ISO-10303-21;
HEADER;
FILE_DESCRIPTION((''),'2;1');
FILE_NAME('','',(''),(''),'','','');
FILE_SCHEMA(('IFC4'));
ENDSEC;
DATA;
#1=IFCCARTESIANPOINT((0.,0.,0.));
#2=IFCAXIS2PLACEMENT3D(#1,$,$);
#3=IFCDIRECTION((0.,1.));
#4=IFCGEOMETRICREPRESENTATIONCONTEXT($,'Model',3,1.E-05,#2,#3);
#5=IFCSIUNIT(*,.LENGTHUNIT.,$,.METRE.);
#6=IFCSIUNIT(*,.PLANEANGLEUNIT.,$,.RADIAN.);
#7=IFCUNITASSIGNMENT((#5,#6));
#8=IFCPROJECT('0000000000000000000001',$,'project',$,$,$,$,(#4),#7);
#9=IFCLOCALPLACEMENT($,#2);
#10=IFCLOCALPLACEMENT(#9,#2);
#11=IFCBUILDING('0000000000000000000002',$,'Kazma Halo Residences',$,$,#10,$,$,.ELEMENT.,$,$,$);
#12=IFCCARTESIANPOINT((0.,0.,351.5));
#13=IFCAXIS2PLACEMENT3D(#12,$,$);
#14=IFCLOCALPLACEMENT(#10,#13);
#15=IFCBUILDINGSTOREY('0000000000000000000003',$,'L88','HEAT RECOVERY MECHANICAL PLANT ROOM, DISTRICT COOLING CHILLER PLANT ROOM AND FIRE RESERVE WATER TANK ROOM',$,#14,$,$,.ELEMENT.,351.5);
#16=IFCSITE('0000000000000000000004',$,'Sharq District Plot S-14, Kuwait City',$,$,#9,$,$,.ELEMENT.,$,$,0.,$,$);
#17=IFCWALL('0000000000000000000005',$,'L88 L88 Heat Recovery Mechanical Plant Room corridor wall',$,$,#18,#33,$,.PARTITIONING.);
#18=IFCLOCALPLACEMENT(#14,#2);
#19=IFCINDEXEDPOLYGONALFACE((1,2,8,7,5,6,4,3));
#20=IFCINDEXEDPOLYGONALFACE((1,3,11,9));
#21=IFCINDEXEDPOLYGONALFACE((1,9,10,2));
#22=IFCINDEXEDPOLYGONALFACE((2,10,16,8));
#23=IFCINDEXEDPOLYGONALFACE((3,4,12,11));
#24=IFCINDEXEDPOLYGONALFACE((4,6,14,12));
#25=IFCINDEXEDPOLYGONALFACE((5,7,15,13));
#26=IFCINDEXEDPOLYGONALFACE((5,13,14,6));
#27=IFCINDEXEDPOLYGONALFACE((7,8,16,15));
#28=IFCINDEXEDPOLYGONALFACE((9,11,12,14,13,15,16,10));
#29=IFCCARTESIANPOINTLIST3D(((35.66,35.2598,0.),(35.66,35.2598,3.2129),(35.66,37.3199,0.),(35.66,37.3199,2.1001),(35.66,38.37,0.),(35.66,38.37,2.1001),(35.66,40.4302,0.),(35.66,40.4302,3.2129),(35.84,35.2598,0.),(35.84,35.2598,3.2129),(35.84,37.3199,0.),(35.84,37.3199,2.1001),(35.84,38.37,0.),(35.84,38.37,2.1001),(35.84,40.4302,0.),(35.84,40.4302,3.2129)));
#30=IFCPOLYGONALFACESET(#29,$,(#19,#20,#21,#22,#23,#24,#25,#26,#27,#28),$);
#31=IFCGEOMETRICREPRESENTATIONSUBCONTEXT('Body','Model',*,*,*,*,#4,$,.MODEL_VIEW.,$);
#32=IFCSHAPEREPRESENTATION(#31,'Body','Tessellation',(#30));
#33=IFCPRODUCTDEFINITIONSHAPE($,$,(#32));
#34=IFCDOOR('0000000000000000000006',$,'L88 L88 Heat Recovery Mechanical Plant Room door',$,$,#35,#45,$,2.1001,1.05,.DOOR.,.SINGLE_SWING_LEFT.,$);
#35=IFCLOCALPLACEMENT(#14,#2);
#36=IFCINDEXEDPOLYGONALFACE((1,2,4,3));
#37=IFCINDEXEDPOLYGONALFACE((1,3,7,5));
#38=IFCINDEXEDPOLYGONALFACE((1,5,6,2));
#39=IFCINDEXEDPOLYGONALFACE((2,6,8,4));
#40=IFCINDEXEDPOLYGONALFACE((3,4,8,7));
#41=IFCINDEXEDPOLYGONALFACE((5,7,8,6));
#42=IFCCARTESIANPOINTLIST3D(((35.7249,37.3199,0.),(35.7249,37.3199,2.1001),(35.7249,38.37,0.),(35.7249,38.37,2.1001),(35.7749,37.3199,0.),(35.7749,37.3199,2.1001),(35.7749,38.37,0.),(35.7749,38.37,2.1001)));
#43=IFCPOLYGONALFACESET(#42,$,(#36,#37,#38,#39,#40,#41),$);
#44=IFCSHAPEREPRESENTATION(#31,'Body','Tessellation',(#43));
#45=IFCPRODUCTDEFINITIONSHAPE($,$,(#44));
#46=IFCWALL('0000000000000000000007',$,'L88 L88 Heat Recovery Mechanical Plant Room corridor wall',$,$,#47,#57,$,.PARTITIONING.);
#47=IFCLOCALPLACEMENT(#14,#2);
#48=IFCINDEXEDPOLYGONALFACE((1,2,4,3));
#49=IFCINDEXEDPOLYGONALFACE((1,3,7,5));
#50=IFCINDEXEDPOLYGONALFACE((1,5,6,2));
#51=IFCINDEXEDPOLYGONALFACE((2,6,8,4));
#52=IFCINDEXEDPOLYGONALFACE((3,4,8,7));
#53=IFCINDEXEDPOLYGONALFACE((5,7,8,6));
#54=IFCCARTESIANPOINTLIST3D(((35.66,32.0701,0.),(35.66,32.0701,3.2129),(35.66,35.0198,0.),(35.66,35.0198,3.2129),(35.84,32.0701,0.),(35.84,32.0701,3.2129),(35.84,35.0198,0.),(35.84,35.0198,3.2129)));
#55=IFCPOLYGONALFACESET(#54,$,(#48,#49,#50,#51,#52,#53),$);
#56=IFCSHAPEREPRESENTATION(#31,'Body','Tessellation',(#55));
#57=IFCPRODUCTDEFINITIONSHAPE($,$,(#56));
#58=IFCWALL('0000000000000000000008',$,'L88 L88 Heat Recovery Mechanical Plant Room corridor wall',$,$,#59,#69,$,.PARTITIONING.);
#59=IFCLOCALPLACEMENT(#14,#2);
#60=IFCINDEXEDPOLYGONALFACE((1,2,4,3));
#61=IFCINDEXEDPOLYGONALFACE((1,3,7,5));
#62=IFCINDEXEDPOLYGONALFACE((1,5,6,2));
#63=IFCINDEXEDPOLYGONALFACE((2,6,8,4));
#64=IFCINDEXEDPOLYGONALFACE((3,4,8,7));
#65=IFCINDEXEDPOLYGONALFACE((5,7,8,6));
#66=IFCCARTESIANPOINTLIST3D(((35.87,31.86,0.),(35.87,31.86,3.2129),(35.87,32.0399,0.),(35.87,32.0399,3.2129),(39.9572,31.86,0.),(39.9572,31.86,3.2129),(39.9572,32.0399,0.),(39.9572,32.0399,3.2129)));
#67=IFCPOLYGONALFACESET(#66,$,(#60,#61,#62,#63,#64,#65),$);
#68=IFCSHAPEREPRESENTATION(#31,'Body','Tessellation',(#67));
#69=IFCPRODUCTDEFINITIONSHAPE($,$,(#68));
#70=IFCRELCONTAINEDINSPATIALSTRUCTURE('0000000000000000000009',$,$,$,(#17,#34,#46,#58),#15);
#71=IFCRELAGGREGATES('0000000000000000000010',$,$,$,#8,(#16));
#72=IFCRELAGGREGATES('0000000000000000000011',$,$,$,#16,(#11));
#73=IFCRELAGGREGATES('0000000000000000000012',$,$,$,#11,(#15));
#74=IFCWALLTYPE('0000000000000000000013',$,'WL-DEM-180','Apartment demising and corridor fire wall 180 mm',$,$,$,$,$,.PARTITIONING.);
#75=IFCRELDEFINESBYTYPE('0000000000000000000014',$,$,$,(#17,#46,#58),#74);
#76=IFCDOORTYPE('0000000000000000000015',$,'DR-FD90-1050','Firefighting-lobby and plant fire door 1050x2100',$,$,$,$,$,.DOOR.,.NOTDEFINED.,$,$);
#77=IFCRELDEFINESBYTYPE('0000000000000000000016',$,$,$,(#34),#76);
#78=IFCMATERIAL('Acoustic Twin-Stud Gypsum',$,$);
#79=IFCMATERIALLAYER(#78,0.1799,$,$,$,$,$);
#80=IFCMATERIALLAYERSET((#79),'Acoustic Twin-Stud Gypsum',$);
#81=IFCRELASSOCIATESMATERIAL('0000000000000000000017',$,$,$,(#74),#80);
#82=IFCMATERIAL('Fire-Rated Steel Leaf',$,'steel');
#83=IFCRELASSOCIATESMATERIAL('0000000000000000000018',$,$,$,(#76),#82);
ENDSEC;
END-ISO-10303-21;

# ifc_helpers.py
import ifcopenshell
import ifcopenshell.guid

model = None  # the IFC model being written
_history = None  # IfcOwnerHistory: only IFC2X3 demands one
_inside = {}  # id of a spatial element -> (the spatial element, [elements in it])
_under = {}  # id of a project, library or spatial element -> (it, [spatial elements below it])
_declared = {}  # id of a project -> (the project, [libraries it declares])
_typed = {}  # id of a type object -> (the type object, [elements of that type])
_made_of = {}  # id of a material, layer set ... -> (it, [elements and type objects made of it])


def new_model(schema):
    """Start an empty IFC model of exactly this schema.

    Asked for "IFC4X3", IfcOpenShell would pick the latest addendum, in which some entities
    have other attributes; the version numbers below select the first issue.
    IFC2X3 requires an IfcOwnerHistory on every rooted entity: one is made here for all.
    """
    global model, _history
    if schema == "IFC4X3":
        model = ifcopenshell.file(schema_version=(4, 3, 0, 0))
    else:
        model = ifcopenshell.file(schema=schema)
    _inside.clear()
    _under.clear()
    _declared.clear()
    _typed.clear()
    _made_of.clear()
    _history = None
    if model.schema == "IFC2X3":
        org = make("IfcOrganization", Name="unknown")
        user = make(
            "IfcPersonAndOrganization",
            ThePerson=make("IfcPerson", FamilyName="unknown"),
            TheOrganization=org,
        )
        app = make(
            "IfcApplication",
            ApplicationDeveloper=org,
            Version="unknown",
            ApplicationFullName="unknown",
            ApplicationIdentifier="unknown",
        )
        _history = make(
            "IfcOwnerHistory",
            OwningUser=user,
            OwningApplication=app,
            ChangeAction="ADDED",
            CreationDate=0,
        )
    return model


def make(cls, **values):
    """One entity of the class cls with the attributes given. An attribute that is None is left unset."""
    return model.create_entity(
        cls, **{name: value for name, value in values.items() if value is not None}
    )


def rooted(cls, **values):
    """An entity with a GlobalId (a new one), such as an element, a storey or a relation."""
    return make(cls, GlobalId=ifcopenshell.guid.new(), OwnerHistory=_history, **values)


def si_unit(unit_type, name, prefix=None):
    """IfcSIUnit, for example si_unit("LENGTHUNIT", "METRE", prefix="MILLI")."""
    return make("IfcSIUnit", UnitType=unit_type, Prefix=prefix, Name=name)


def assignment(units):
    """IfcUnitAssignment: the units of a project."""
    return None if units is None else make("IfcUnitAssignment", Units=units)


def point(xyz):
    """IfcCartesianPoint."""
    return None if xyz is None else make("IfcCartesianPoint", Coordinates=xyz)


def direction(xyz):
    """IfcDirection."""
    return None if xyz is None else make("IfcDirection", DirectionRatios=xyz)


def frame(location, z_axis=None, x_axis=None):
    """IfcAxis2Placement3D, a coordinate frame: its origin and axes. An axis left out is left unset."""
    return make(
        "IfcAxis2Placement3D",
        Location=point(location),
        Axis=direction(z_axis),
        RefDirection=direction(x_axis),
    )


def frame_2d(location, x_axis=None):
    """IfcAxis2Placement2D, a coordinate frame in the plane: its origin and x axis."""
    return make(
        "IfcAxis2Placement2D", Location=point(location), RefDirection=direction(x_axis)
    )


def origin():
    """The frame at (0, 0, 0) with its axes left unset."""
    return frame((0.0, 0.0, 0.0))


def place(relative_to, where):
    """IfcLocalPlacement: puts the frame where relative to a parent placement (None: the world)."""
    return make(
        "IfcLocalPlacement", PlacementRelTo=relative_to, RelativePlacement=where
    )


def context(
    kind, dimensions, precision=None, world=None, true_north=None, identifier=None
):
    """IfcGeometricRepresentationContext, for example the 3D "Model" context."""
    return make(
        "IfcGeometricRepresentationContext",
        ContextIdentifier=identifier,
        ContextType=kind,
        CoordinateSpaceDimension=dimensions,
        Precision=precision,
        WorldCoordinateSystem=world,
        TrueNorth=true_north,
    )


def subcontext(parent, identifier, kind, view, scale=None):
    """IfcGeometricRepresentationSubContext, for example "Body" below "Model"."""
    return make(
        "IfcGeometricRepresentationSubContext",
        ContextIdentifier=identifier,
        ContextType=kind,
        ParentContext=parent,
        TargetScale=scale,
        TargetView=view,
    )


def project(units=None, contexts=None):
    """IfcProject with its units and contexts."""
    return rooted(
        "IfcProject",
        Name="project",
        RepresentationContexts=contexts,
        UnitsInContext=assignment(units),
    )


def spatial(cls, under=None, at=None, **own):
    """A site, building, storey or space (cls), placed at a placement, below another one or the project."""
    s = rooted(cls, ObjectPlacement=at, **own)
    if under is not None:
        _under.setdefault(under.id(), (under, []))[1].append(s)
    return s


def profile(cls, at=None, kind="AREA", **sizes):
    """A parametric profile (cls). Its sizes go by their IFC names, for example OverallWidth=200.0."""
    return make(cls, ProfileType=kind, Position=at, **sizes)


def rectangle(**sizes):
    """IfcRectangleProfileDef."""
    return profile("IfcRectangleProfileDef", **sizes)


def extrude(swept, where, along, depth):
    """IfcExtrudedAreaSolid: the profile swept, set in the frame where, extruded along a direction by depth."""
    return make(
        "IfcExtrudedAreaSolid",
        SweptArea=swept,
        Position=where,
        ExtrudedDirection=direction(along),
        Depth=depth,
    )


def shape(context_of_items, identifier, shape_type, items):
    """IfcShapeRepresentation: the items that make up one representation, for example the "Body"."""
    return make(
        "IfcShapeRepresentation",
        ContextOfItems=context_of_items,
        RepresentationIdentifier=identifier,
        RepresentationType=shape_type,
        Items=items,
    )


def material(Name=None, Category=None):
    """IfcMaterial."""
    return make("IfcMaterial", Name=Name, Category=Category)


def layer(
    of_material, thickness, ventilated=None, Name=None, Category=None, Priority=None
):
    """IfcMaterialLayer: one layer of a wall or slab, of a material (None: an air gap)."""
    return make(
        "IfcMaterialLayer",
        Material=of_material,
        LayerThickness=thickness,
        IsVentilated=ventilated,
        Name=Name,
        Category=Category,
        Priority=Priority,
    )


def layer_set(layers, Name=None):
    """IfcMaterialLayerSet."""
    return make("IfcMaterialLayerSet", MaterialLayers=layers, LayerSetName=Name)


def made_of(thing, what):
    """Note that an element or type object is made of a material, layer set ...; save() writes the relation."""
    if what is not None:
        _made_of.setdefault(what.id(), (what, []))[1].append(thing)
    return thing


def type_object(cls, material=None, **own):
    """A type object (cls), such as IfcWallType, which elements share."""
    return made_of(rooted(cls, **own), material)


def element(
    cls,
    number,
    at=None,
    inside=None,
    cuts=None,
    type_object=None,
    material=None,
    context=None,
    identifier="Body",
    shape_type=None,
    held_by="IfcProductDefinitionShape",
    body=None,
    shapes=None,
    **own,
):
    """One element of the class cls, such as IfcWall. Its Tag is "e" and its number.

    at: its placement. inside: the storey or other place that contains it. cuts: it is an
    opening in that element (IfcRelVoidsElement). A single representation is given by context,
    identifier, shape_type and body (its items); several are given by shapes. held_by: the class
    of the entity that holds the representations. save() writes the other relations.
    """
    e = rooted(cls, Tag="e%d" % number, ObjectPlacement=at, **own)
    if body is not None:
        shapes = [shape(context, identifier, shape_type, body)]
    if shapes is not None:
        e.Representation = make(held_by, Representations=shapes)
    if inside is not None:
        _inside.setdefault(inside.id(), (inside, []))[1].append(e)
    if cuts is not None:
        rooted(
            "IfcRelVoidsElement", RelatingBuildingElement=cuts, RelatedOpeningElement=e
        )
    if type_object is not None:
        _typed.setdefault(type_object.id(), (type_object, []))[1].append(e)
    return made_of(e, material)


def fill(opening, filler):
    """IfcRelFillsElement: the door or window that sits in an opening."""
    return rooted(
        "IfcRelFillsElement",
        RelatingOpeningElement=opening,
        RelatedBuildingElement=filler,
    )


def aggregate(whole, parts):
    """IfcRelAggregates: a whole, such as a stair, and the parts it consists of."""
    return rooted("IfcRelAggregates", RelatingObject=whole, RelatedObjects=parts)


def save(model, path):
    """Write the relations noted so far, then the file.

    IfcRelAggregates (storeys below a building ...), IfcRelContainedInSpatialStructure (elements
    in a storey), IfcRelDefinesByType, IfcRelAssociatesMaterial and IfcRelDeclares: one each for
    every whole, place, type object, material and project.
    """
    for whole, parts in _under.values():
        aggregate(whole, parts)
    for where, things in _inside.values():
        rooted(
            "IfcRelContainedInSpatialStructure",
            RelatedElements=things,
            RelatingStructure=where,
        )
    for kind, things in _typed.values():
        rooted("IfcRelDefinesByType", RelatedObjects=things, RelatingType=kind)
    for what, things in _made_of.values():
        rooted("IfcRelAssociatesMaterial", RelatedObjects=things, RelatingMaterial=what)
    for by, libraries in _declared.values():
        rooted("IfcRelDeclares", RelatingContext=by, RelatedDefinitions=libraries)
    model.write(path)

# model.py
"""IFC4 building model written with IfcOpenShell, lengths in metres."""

from ifc_helpers import new_model, si_unit, direction, frame, frame_2d, origin, place, context, subcontext, project, spatial, rectangle, extrude, material, layer, layer_set, type_object, element, fill, save


model = new_model("IFC4")

# Units and contexts
model_context = context("Model", 3, precision=1e-05, world=origin(), true_north=direction((0.0, 1.0)))
body_context = subcontext(model_context, "Body", "Model", "MODEL_VIEW")
ifc_project = project(units=[si_unit("LENGTHUNIT", "METRE"), si_unit("PLANEANGLEUNIT", "RADIAN")], contexts=[model_context])

# Site, building, storey
site_placement = place(None, origin())
site = spatial("IfcSite", under=ifc_project, at=site_placement, Name="Sharq District Plot S-14, Kuwait City", CompositionType="ELEMENT", RefElevation=0.0)
building_placement = place(site_placement, origin())
building = spatial("IfcBuilding", under=site, at=building_placement, Name="Kazma Halo Residences", CompositionType="ELEMENT")
storey_placement = place(building_placement, frame((0.0, 0.0, 351.5)))
storey = spatial("IfcBuildingStorey", under=building, at=storey_placement, Name="L88", Description="HEAT RECOVERY MECHANICAL PLANT ROOM, DISTRICT COOLING CHILLER PLANT ROOM AND FIRE RESERVE WATER TANK ROOM", CompositionType="ELEMENT", Elevation=351.5)

# Shared definitions
ifc_material_1 = material(Name="Acoustic Twin-Stud Gypsum")
ifc_layer_1 = layer(ifc_material_1, 0.1799)
ifc_layer_set_1 = layer_set([ifc_layer_1], Name="Acoustic Twin-Stud Gypsum")
wall_type_1 = type_object("IfcWallType", Name="WL-DEM-180", Description="Apartment demising and corridor fire wall 180 mm", PredefinedType="PARTITIONING", material=ifc_layer_set_1)

# Wall, opening, door
wall_1_placement = place(storey_placement, frame((35.75, 40.4302, 0.0), z_axis=(0.0, 0.0, 1.0), x_axis=(0.0, -1.0, 0.0)))
wall_1 = element("IfcWall", 1, at=wall_1_placement, inside=storey, type_object=wall_type_1, Name="L88 L88 Heat Recovery Mechanical Plant Room corridor wall", PredefinedType="PARTITIONING", context=body_context, shape_type="SweptSolid", body=[
    extrude(rectangle(XDim=5.1704, YDim=0.1799, at=frame_2d((2.5852, 0.0))), origin(), (0.0, 0.0, 1.0), 3.2129),
])
opening_placement = place(wall_1_placement, frame((2.0603, 0.0, 0.0)))
opening = element("IfcOpeningElement", 2, at=opening_placement, cuts=wall_1, PredefinedType="OPENING", context=body_context, shape_type="SweptSolid", body=[
    extrude(rectangle(XDim=1.05, YDim=2.1001, at=frame_2d((0.5249, 1.05))), frame((0.0, 0.0999, 0.0), z_axis=(0.0, -1.0, 0.0), x_axis=(1.0, 0.0, 0.0)), (0.0, 0.0, 1.0), 0.2),
])
ifc_material_2 = material(Name="Fire-Rated Steel Leaf", Category="steel")
door_type = type_object("IfcDoorType", Name="DR-FD90-1050", Description="Firefighting-lobby and plant fire door 1050x2100", OperationType="NOTDEFINED", PredefinedType="DOOR", material=ifc_material_2)
door_placement = place(opening_placement, origin())
door = element("IfcDoor", 3, at=door_placement, inside=storey, type_object=door_type, Name="L88 L88 Heat Recovery Mechanical Plant Room door", OperationType="SINGLE_SWING_LEFT", OverallHeight=2.1001, OverallWidth=1.05, PredefinedType="DOOR", context=body_context, shape_type="SweptSolid", body=[
    extrude(rectangle(XDim=1.05, YDim=2.1001, at=frame_2d((0.5249, 1.05))), frame((0.0, 0.0249, 0.0), z_axis=(0.0, -1.0, 0.0), x_axis=(1.0, 0.0, 0.0)), (0.0, 0.0, 1.0), 0.05),
])
fill(opening, door)

# Walls
wall_2_placement = place(storey_placement, frame((35.75, 35.0198, 0.0), z_axis=(0.0, 0.0, 1.0), x_axis=(0.0, -1.0, 0.0)))
element("IfcWall", 4, at=wall_2_placement, inside=storey, type_object=wall_type_1, Name="L88 L88 Heat Recovery Mechanical Plant Room corridor wall", PredefinedType="PARTITIONING", context=body_context, shape_type="SweptSolid", body=[
    extrude(rectangle(XDim=2.9497, YDim=0.1799, at=frame_2d((1.4749, 0.0))), origin(), (0.0, 0.0, 1.0), 3.2129),
])
wall_3_placement = place(storey_placement, frame((35.8701, 31.95, 0.0), z_axis=(0.0, 0.0, 1.0), x_axis=(1.0, 0.0, 0.0)))
element("IfcWall", 5, at=wall_3_placement, inside=storey, type_object=wall_type_1, Name="L88 L88 Heat Recovery Mechanical Plant Room corridor wall", PredefinedType="PARTITIONING", context=body_context, shape_type="SweptSolid", body=[
    extrude(rectangle(XDim=4.0872, YDim=0.1799, at=frame_2d((2.0435, 0.0))), origin(), (0.0, 0.0, 1.0), 3.2129),
])

save(model, "model.ifc")
